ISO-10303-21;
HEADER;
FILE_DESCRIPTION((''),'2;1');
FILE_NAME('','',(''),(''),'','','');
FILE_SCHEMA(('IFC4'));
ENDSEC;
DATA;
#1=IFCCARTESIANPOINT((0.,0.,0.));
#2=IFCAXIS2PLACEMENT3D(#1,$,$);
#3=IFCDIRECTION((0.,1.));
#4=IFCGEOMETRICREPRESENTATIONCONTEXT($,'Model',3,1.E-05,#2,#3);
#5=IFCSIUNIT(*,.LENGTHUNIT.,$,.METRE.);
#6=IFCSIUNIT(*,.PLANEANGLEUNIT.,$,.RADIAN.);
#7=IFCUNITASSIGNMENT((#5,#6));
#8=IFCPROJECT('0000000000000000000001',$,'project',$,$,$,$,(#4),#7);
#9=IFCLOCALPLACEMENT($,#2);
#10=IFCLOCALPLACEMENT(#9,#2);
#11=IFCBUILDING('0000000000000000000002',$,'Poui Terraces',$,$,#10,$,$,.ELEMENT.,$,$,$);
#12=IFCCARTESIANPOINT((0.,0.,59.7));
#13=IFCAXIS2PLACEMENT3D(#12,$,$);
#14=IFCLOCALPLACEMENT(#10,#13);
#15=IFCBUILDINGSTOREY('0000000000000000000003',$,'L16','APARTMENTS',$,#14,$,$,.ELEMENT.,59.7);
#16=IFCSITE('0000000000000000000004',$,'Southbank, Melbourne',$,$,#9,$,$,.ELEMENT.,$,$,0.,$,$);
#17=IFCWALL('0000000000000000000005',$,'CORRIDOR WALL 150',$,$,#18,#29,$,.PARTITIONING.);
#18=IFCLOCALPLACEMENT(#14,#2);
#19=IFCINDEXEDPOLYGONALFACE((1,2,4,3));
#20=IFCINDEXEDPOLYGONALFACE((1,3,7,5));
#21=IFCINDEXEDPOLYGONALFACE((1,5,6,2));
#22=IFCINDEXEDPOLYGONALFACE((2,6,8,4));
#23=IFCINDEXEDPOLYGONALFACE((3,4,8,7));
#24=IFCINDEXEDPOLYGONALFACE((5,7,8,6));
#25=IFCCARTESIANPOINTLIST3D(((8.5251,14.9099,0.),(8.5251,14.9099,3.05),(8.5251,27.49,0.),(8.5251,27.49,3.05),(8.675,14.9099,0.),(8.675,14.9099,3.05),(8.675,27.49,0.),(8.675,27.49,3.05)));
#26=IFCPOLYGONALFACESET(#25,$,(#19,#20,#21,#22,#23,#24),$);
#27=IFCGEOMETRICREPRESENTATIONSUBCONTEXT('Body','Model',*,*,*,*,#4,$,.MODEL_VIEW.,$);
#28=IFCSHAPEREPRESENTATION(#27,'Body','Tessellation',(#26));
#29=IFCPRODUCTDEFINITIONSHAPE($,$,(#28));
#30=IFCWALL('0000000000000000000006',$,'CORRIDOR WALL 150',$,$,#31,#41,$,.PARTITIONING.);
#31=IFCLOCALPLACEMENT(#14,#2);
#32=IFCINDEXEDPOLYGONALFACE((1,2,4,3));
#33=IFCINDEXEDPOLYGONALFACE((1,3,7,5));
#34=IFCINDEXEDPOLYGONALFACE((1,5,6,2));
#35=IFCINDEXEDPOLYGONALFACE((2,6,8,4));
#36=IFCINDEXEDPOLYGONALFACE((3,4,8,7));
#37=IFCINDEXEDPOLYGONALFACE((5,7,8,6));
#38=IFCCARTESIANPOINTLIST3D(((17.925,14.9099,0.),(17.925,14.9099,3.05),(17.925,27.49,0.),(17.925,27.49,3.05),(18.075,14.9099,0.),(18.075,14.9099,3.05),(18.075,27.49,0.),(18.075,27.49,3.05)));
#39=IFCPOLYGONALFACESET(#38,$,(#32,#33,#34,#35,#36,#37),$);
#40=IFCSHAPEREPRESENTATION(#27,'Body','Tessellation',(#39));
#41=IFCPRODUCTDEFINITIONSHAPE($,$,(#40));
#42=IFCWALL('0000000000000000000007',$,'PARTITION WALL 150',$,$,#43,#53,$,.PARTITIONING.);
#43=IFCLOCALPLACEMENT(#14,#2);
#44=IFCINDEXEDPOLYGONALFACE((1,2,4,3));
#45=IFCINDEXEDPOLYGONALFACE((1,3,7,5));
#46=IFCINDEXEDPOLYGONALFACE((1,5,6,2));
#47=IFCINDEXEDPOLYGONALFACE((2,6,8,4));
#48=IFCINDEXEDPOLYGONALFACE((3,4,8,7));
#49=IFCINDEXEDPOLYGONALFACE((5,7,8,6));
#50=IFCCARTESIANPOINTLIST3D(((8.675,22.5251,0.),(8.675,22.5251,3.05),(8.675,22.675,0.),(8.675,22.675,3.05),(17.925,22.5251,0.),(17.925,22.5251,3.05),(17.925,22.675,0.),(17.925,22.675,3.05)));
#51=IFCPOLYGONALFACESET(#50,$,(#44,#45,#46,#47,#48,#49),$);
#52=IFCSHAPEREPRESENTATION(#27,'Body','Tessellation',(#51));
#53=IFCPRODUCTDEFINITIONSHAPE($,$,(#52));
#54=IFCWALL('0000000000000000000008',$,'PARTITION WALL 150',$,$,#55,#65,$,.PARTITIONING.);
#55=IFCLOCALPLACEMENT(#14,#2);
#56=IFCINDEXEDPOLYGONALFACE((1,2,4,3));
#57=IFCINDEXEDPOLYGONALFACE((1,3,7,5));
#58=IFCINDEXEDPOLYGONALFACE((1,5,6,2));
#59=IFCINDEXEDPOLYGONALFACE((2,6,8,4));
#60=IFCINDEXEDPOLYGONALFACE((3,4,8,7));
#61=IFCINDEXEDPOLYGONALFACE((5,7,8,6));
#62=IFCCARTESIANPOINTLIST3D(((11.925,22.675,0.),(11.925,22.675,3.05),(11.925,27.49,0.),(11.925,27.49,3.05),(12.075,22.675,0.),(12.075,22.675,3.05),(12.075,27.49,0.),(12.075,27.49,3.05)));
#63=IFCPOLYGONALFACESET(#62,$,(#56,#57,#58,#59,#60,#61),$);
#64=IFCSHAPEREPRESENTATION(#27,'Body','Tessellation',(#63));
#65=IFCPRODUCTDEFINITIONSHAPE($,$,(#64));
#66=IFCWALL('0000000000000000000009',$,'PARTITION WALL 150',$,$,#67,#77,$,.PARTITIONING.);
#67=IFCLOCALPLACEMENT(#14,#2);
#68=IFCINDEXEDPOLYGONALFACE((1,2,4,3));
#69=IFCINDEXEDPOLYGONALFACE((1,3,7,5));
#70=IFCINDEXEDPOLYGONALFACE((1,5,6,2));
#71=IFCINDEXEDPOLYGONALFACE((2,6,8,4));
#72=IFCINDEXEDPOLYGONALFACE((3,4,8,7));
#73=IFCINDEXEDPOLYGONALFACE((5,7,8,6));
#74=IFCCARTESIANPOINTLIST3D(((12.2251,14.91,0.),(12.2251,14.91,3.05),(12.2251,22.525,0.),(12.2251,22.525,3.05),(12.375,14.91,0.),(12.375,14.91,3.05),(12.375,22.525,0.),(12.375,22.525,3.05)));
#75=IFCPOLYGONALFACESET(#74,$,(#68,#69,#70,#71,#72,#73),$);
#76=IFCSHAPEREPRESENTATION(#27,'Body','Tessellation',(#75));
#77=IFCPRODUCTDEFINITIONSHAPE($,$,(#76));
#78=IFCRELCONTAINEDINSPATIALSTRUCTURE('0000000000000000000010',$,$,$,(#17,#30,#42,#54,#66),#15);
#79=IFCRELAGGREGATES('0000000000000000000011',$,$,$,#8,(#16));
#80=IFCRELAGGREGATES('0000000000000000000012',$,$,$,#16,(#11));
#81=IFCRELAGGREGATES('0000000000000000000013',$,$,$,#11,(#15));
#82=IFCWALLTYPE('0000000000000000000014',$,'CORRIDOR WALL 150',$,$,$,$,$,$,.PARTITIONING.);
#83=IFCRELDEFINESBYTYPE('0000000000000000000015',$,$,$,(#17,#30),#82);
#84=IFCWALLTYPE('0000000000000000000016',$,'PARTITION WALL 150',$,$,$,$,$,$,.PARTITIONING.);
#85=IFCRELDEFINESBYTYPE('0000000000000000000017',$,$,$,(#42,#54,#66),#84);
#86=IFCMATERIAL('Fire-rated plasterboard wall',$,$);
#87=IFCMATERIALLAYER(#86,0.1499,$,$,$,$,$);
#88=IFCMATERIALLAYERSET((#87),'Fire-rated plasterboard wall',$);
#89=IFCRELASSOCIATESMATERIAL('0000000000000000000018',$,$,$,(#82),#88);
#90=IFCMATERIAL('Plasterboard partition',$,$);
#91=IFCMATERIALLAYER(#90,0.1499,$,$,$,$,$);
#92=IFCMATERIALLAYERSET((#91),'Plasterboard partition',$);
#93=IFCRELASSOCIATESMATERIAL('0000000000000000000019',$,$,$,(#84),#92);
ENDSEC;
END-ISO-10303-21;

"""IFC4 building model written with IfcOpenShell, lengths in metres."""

from ifc_helpers import new_model, si_unit, direction, frame, frame_2d, origin, place, context, subcontext, project, spatial, rectangle, extrude, material, layer, layer_set, type_object, element, save


model = new_model("IFC4")

# Units and contexts
model_context = context("Model", 3, precision=1e-05, world=origin(), true_north=direction((0.0, 1.0)))
body_context = subcontext(model_context, "Body", "Model", "MODEL_VIEW")
ifc_project = project(units=[si_unit("LENGTHUNIT", "METRE"), si_unit("PLANEANGLEUNIT", "RADIAN")], contexts=[model_context])

# Site, building, storey
site_placement = place(None, origin())
site = spatial("IfcSite", under=ifc_project, at=site_placement, Name="Southbank, Melbourne", CompositionType="ELEMENT", RefElevation=0.0)
building_placement = place(site_placement, origin())
building = spatial("IfcBuilding", under=site, at=building_placement, Name="Poui Terraces", CompositionType="ELEMENT")
storey_placement = place(building_placement, frame((0.0, 0.0, 59.7)))
storey = spatial("IfcBuildingStorey", under=building, at=storey_placement, Name="L16", Description="APARTMENTS", CompositionType="ELEMENT", Elevation=59.7)

# Walls
ifc_material_1 = material(Name="Fire-rated plasterboard wall")
ifc_layer_1 = layer(ifc_material_1, 0.1499)
ifc_layer_set_1 = layer_set([ifc_layer_1], Name="Fire-rated plasterboard wall")
wall_type_1 = type_object("IfcWallType", Name="CORRIDOR WALL 150", PredefinedType="PARTITIONING", material=ifc_layer_set_1)
for number, where, z_axis, x_axis, name in (
    (1, (8.6001, 14.9099, 0.0), (0.0, 0.0, 1.0), (0.0, 1.0, 0.0), "CORRIDOR WALL 150"),
    (2, (18.0, 14.9099, 0.0), (0.0, 0.0, 1.0), (0.0, 1.0, 0.0), "CORRIDOR WALL 150"),
):
    element("IfcWall", number, at=place(storey_placement, frame(where, z_axis=z_axis, x_axis=x_axis)), inside=storey, type_object=wall_type_1, Name=name, PredefinedType="PARTITIONING", context=body_context, shape_type="SweptSolid", body=[
        extrude(rectangle(XDim=12.5801, YDim=0.1499, at=frame_2d((6.29, 0.0))), origin(), (0.0, 0.0, 1.0), 3.05),
    ])
ifc_material_2 = material(Name="Plasterboard partition")
ifc_layer_2 = layer(ifc_material_2, 0.1499)
ifc_layer_set_2 = layer_set([ifc_layer_2], Name="Plasterboard partition")
wall_type_2 = type_object("IfcWallType", Name="PARTITION WALL 150", PredefinedType="PARTITIONING", material=ifc_layer_set_2)
wall_1_placement = place(storey_placement, frame((8.675, 22.6001, 0.0), z_axis=(0.0, 0.0, 1.0), x_axis=(1.0, 0.0, 0.0)))
element("IfcWall", 3, at=wall_1_placement, inside=storey, type_object=wall_type_2, Name="PARTITION WALL 150", PredefinedType="PARTITIONING", context=body_context, shape_type="SweptSolid", body=[
    extrude(rectangle(XDim=9.25, YDim=0.1499, at=frame_2d((4.625, 0.0))), origin(), (0.0, 0.0, 1.0), 3.05),
])
wall_2_placement = place(storey_placement, frame((12.0, 22.675, 0.0), z_axis=(0.0, 0.0, 1.0), x_axis=(0.0, 1.0, 0.0)))
element("IfcWall", 4, at=wall_2_placement, inside=storey, type_object=wall_type_2, Name="PARTITION WALL 150", PredefinedType="PARTITIONING", context=body_context, shape_type="SweptSolid", body=[
    extrude(rectangle(XDim=4.8149, YDim=0.1499, at=frame_2d((2.4075, 0.0))), origin(), (0.0, 0.0, 1.0), 3.05),
])
wall_3_placement = place(storey_placement, frame((12.3, 14.9099, 0.0), z_axis=(0.0, 0.0, 1.0), x_axis=(0.0, 1.0, 0.0)))
element("IfcWall", 5, at=wall_3_placement, inside=storey, type_object=wall_type_2, Name="PARTITION WALL 150", PredefinedType="PARTITIONING", context=body_context, shape_type="SweptSolid", body=[
    extrude(rectangle(XDim=7.615, YDim=0.1499, at=frame_2d((3.8076, 0.0))), origin(), (0.0, 0.0, 1.0), 3.05),
])

save(model, "model.ifc")
